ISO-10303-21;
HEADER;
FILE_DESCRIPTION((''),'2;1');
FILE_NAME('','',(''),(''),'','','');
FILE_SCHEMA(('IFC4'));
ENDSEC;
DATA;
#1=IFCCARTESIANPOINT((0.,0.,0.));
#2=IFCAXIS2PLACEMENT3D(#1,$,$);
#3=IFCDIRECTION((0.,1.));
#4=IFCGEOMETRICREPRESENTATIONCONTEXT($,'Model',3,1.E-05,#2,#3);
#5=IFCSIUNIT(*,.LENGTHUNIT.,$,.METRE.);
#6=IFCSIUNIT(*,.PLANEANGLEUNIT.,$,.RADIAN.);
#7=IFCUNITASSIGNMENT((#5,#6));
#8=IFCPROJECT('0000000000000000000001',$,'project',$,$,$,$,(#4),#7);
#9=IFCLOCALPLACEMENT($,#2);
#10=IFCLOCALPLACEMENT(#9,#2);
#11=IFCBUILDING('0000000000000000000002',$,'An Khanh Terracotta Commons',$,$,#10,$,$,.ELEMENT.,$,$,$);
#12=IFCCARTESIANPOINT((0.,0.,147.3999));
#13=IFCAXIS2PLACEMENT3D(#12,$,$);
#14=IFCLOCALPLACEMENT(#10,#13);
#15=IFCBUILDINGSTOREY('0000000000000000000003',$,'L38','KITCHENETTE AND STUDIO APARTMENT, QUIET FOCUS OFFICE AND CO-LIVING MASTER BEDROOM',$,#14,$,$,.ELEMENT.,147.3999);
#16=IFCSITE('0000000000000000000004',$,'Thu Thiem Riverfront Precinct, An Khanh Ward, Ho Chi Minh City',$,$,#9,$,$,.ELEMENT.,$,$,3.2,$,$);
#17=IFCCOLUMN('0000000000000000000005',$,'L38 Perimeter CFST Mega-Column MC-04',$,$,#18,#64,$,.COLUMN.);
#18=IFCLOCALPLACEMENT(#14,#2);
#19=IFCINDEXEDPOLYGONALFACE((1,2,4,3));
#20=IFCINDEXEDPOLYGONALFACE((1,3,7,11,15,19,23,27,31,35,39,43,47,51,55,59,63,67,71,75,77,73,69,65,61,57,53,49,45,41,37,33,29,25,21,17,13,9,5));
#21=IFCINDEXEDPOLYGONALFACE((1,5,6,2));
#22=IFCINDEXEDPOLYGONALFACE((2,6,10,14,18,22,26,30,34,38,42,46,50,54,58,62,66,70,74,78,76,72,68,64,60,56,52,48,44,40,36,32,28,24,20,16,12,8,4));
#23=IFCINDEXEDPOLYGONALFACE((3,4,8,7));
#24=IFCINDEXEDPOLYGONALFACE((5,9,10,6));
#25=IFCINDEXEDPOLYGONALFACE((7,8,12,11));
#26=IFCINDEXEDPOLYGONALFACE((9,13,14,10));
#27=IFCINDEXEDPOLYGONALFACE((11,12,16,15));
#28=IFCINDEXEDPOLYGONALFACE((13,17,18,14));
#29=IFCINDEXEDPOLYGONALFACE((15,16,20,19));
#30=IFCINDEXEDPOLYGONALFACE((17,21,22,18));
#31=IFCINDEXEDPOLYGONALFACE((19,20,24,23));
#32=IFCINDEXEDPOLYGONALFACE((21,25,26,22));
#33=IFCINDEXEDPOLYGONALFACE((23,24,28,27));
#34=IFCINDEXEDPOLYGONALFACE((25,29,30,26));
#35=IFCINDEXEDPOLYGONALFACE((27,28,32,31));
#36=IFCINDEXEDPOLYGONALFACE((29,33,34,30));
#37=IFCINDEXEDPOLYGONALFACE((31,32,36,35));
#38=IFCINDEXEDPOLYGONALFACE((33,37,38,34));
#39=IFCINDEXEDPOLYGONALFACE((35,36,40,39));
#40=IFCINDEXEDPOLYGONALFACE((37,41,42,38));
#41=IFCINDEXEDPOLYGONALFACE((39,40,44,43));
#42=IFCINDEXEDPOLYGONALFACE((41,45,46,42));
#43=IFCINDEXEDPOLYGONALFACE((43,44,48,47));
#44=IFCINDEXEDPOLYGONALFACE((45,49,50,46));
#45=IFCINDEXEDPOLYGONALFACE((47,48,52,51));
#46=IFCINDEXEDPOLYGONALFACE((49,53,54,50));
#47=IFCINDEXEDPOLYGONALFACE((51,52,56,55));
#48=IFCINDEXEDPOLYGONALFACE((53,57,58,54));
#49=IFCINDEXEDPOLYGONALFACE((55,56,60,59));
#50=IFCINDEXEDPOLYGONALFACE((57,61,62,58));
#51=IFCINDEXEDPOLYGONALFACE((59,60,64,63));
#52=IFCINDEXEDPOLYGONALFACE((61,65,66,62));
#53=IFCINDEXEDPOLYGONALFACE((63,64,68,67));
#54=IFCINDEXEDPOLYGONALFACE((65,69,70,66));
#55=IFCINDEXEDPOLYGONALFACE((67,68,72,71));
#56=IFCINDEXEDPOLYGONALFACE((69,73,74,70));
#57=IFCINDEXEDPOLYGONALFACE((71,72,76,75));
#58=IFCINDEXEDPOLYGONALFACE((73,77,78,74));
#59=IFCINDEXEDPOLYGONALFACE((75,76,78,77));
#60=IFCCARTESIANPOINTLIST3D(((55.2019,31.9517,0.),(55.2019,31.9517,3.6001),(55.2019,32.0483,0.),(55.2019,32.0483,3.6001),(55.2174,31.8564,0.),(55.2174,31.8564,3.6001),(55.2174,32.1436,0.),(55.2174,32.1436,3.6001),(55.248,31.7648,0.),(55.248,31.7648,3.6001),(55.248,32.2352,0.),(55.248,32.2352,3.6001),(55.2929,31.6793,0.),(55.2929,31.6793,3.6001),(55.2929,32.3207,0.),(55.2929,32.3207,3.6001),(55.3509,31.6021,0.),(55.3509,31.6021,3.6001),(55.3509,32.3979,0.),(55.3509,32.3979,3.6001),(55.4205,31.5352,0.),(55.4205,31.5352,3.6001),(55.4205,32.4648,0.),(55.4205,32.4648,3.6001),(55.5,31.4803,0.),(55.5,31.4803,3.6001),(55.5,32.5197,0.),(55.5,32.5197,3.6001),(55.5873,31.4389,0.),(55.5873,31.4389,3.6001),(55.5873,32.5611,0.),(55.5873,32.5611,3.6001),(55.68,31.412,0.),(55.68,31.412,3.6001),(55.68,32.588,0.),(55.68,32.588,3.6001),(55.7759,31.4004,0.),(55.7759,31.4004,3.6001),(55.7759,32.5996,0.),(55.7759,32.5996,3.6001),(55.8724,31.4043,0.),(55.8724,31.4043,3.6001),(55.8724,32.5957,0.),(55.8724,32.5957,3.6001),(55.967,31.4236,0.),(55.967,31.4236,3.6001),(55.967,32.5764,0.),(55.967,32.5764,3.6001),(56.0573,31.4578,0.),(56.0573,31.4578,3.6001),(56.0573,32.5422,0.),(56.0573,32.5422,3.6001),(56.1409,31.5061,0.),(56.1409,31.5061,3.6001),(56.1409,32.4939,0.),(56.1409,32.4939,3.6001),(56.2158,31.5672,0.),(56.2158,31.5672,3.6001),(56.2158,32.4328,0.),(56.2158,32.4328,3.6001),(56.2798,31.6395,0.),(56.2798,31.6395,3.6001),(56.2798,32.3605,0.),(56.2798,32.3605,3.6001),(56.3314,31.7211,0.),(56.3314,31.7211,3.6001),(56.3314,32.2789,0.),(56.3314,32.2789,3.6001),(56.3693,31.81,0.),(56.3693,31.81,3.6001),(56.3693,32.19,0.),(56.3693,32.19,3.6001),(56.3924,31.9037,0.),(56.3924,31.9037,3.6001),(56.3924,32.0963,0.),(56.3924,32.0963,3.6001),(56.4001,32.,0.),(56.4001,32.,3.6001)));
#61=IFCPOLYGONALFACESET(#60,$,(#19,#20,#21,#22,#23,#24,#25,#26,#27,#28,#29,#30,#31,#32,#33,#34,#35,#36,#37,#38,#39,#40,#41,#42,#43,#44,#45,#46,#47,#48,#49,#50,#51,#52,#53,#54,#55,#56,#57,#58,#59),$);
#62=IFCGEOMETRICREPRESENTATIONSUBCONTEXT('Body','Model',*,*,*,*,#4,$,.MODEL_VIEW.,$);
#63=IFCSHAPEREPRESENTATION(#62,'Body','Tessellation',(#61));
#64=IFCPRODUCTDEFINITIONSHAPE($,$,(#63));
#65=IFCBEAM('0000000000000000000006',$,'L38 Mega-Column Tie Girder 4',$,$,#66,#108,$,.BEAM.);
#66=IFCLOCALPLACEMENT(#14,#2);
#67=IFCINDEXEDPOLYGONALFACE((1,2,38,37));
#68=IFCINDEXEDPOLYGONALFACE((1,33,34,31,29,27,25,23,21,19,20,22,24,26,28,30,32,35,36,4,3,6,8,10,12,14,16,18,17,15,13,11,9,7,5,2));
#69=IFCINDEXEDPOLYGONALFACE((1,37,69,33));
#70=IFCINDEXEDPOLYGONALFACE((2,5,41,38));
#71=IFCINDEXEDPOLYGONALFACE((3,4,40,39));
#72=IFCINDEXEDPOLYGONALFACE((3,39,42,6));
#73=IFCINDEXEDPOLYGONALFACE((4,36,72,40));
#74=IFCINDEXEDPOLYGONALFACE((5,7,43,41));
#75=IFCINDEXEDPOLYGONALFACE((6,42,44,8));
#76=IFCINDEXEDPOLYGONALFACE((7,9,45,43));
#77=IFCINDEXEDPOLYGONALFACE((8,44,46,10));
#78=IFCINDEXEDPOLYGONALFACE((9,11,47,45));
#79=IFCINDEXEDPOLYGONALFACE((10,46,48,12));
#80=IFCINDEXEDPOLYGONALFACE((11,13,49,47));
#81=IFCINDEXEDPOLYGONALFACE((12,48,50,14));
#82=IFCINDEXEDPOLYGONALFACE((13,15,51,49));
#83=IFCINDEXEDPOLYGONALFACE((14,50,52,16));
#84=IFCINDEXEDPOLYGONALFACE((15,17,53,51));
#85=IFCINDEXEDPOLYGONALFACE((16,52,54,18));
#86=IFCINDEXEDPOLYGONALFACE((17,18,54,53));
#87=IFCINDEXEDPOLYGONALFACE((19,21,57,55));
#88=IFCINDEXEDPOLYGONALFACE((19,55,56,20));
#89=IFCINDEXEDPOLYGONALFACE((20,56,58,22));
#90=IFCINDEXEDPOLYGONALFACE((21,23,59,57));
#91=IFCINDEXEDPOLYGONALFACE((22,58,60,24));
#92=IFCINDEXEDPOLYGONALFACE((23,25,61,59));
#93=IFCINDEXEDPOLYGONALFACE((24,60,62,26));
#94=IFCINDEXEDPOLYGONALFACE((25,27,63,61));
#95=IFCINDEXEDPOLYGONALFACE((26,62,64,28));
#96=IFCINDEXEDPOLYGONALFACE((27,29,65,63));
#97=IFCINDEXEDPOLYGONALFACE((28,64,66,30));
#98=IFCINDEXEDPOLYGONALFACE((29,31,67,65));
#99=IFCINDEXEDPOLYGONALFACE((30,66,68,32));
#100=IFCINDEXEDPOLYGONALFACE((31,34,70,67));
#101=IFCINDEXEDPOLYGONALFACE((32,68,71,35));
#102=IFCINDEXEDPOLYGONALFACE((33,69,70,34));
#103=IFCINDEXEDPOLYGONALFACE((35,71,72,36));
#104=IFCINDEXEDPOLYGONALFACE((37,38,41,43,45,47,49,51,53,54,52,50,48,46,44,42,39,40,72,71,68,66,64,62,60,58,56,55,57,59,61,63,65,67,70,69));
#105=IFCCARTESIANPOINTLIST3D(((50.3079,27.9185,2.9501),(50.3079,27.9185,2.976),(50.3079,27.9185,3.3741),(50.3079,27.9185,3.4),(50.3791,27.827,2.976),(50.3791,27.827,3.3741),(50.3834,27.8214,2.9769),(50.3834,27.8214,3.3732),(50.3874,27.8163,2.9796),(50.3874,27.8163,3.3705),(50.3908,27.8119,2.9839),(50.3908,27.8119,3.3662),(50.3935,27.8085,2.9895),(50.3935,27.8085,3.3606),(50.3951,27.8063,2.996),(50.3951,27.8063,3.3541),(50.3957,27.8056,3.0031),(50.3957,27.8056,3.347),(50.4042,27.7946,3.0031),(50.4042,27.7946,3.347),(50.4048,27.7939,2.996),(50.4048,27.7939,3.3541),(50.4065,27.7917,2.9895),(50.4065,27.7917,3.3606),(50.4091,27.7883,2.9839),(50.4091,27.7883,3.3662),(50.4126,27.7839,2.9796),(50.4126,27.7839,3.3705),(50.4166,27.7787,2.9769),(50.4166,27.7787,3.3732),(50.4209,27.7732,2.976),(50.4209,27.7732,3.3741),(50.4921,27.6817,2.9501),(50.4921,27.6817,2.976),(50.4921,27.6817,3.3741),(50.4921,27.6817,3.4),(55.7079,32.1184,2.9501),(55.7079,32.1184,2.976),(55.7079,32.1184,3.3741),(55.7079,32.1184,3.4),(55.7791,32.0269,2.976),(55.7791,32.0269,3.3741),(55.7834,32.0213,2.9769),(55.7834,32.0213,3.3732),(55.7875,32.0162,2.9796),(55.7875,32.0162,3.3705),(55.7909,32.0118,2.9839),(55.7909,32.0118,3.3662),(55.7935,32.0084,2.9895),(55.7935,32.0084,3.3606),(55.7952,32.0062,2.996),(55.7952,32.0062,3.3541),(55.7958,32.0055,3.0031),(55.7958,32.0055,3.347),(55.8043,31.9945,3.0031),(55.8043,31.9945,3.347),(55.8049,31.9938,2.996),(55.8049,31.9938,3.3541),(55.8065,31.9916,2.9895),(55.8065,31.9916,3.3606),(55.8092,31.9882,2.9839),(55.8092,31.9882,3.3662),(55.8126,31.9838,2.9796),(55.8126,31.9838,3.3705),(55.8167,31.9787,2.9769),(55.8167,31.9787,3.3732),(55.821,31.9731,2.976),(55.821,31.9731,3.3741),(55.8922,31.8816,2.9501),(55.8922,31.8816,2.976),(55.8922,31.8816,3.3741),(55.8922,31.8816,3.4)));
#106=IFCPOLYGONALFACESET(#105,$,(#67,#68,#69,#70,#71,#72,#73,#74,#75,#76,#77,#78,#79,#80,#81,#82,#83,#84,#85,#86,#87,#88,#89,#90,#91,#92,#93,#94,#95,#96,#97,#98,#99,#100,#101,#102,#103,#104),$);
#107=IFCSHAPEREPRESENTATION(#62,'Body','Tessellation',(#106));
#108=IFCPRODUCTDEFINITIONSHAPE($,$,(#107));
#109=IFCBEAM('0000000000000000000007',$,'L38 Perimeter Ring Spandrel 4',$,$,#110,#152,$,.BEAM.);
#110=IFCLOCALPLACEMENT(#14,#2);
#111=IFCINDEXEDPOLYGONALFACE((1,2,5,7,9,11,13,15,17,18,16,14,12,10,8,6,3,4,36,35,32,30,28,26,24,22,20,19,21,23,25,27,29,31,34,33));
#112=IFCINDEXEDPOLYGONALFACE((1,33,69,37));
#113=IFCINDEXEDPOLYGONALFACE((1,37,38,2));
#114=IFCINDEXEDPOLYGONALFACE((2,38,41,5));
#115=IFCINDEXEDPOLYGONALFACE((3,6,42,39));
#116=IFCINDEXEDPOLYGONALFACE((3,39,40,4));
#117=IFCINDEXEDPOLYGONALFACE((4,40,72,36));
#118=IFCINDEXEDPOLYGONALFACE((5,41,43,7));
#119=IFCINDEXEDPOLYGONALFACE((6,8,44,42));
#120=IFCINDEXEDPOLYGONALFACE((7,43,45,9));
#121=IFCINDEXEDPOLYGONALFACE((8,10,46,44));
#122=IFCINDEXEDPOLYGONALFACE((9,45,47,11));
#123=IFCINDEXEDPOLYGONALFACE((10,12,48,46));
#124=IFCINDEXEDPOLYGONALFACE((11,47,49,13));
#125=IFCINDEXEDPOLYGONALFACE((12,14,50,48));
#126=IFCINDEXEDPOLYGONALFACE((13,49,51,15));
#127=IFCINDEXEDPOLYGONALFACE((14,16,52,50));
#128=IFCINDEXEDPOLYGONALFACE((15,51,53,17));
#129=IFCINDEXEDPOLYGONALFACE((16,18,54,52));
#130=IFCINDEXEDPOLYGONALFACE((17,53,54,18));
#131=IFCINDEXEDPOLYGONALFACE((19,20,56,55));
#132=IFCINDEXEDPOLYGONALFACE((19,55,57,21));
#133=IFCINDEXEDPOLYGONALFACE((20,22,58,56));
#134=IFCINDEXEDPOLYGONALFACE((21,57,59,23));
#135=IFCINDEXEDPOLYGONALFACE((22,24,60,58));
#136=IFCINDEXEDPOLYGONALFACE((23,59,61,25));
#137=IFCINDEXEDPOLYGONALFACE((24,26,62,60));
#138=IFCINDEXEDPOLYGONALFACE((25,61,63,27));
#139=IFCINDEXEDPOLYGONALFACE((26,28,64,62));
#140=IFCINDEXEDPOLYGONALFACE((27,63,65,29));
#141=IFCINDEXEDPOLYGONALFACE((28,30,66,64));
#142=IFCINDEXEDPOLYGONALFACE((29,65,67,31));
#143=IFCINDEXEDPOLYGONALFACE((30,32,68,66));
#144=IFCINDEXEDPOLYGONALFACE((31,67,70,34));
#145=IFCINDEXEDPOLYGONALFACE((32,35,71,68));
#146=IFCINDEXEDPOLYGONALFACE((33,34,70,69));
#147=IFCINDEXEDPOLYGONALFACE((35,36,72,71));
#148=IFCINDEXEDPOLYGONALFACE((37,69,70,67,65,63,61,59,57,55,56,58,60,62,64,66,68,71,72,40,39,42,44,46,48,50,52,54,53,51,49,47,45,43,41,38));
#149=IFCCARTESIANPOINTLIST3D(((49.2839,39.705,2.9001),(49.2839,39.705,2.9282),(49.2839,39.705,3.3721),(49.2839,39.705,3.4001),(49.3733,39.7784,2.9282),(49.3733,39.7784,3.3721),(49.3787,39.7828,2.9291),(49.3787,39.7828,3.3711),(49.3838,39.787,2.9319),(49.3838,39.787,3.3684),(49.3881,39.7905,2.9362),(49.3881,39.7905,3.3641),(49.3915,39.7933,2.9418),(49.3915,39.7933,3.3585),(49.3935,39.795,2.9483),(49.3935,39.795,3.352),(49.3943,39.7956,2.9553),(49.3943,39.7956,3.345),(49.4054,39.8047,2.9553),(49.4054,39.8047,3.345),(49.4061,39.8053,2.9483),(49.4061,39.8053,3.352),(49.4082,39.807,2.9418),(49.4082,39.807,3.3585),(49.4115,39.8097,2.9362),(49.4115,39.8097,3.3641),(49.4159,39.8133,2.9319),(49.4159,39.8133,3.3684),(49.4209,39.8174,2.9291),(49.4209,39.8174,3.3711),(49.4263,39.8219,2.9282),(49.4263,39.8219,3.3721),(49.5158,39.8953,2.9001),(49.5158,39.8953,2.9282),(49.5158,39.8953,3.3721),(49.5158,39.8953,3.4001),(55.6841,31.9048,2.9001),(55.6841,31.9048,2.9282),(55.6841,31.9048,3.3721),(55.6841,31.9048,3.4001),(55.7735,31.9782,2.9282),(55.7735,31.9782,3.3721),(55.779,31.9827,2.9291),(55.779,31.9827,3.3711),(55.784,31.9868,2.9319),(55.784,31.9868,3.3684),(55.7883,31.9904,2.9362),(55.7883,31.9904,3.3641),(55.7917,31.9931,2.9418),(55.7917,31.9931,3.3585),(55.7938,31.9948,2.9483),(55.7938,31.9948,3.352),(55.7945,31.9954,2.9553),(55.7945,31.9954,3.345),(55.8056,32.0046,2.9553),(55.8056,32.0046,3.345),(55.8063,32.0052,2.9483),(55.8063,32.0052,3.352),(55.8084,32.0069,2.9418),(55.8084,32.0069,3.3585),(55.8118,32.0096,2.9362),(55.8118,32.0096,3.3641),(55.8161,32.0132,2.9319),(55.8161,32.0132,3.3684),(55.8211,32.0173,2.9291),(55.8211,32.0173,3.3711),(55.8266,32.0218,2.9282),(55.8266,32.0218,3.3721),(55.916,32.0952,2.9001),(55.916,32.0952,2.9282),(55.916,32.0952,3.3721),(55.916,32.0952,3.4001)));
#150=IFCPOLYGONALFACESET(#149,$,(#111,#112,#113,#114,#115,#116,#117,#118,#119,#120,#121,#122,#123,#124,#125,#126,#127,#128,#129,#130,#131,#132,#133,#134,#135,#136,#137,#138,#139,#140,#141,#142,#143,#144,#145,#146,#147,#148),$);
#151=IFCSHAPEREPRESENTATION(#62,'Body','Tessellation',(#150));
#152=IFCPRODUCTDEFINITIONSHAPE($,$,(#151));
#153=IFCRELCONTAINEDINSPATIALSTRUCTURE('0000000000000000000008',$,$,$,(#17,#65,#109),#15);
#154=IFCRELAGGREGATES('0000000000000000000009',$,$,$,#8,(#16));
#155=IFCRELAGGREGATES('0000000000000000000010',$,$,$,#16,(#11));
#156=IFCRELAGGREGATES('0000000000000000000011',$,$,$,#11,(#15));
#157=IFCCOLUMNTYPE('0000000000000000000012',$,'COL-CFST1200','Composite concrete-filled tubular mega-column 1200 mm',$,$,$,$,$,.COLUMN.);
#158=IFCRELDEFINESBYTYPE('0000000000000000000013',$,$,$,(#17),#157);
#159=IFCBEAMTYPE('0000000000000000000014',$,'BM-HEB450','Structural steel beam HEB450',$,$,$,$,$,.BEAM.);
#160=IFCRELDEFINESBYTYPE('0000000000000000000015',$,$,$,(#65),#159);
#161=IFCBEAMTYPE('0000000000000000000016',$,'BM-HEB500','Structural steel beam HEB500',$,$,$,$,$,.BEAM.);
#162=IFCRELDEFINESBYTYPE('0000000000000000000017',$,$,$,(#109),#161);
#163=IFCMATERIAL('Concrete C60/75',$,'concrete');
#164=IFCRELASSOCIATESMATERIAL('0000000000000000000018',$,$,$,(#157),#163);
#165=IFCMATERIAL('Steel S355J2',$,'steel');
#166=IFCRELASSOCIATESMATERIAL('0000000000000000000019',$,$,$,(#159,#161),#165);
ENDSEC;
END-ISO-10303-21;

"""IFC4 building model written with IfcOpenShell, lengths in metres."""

from ifc_helpers import new_model, si_unit, direction, frame, origin, origin_2d, place, context, subcontext, project, spatial, circle, i_section, extrude, material, material_profile, profile_set, type_object, element, save


model = new_model("IFC4")

# Units and contexts
model_context = context("Model", 3, precision=1e-05, world=origin(), true_north=direction((0.0, 1.0)))
body_context = subcontext(model_context, "Body", "Model", "MODEL_VIEW")
ifc_project = project(units=[si_unit("LENGTHUNIT", "METRE"), si_unit("PLANEANGLEUNIT", "RADIAN")], contexts=[model_context])

# Site, building, storey
site_placement = place(None, origin())
site = spatial("IfcSite", under=ifc_project, at=site_placement, Name="Thu Thiem Riverfront Precinct, An Khanh Ward, Ho Chi Minh City", CompositionType="ELEMENT", RefElevation=3.2)
building_placement = place(site_placement, origin())
building = spatial("IfcBuilding", under=site, at=building_placement, Name="An Khanh Terracotta Commons", CompositionType="ELEMENT")
storey_placement = place(building_placement, frame((0.0, 0.0, 147.3999)))
storey = spatial("IfcBuildingStorey", under=building, at=storey_placement, Name="L38", Description="KITCHENETTE AND STUDIO APARTMENT, QUIET FOCUS OFFICE AND CO-LIVING MASTER BEDROOM", CompositionType="ELEMENT", Elevation=147.3999)

# Column
ifc_material_1 = material(Name="Concrete C60/75", Category="concrete")
ifc_material_profile_1 = material_profile(ifc_material_1, circle(Radius=0.6001, at=origin_2d()), Name="CFST1200")
ifc_profile_set_1 = profile_set([ifc_material_profile_1], Name="Concrete C60/75")
column_type = type_object("IfcColumnType", Name="COL-CFST1200", Description="Composite concrete-filled tubular mega-column 1200 mm", PredefinedType="COLUMN", material=ifc_profile_set_1)
column_placement = place(storey_placement, frame((55.8, 32.0, 0.0), z_axis=(0.0, 0.0, 1.0), x_axis=(1.0, 0.0, 0.0)))
element("IfcColumn", 1, at=column_placement, inside=storey, type_object=column_type, Name="L38 Perimeter CFST Mega-Column MC-04", PredefinedType="COLUMN", context=body_context, shape_type="SweptSolid", body=[
    extrude(circle(Radius=0.6001, at=origin_2d()), origin(), (0.0, 0.0, 1.0), 3.6001),
])

# Beams
ifc_material_2 = material(Name="Steel S355J2", Category="steel")
ifc_material_profile_2 = material_profile(ifc_material_2, i_section(OverallWidth=0.3, OverallDepth=0.45, WebThickness=0.0139, FlangeThickness=0.0259, FilletRadius=0.0271, at=origin_2d()), Name="HEB450")
ifc_profile_set_2 = profile_set([ifc_material_profile_2], Name="Steel S355J2")
beam_type_1 = type_object("IfcBeamType", Name="BM-HEB450", Description="Structural steel beam HEB450", PredefinedType="BEAM", material=ifc_profile_set_2)
beam_1_placement = place(storey_placement, frame((55.8, 32.0, 3.175), z_axis=(-0.789364, -0.613926, 0.0), x_axis=(0.613926, -0.789364, 0.0)))
element("IfcBeam", 2, at=beam_1_placement, inside=storey, type_object=beam_type_1, Name="L38 Mega-Column Tie Girder 4", PredefinedType="BEAM", context=body_context, shape_type="SweptSolid", body=[
    extrude(i_section(OverallWidth=0.3, OverallDepth=0.45, WebThickness=0.0139, FlangeThickness=0.0259, FilletRadius=0.0271, at=origin_2d()), origin(), (0.0, 0.0, 1.0), 6.8411),
])
ifc_material_profile_3 = material_profile(ifc_material_2, i_section(OverallWidth=0.3, OverallDepth=0.5, WebThickness=0.0144, FlangeThickness=0.0281, FilletRadius=0.0271, at=origin_2d()), Name="HEB500")
ifc_profile_set_3 = profile_set([ifc_material_profile_3], Name="Steel S355J2")
beam_type_2 = type_object("IfcBeamType", Name="BM-HEB500", Description="Structural steel beam HEB500", PredefinedType="BEAM", material=ifc_profile_set_3)
beam_2_placement = place(storey_placement, frame((55.8, 32.0, 3.1501), z_axis=(-0.634323, 0.773068, 0.0), x_axis=(-0.773068, -0.634323, 0.0)))
element("IfcBeam", 3, at=beam_2_placement, inside=storey, type_object=beam_type_2, Name="L38 Perimeter Ring Spandrel 4", PredefinedType="BEAM", context=body_context, shape_type="SweptSolid", body=[
    extrude(i_section(OverallWidth=0.3, OverallDepth=0.5, WebThickness=0.0144, FlangeThickness=0.0281, FilletRadius=0.0271, at=origin_2d()), origin(), (0.0, 0.0, 1.0), 10.0898),
])

save(model, "model.ifc")
